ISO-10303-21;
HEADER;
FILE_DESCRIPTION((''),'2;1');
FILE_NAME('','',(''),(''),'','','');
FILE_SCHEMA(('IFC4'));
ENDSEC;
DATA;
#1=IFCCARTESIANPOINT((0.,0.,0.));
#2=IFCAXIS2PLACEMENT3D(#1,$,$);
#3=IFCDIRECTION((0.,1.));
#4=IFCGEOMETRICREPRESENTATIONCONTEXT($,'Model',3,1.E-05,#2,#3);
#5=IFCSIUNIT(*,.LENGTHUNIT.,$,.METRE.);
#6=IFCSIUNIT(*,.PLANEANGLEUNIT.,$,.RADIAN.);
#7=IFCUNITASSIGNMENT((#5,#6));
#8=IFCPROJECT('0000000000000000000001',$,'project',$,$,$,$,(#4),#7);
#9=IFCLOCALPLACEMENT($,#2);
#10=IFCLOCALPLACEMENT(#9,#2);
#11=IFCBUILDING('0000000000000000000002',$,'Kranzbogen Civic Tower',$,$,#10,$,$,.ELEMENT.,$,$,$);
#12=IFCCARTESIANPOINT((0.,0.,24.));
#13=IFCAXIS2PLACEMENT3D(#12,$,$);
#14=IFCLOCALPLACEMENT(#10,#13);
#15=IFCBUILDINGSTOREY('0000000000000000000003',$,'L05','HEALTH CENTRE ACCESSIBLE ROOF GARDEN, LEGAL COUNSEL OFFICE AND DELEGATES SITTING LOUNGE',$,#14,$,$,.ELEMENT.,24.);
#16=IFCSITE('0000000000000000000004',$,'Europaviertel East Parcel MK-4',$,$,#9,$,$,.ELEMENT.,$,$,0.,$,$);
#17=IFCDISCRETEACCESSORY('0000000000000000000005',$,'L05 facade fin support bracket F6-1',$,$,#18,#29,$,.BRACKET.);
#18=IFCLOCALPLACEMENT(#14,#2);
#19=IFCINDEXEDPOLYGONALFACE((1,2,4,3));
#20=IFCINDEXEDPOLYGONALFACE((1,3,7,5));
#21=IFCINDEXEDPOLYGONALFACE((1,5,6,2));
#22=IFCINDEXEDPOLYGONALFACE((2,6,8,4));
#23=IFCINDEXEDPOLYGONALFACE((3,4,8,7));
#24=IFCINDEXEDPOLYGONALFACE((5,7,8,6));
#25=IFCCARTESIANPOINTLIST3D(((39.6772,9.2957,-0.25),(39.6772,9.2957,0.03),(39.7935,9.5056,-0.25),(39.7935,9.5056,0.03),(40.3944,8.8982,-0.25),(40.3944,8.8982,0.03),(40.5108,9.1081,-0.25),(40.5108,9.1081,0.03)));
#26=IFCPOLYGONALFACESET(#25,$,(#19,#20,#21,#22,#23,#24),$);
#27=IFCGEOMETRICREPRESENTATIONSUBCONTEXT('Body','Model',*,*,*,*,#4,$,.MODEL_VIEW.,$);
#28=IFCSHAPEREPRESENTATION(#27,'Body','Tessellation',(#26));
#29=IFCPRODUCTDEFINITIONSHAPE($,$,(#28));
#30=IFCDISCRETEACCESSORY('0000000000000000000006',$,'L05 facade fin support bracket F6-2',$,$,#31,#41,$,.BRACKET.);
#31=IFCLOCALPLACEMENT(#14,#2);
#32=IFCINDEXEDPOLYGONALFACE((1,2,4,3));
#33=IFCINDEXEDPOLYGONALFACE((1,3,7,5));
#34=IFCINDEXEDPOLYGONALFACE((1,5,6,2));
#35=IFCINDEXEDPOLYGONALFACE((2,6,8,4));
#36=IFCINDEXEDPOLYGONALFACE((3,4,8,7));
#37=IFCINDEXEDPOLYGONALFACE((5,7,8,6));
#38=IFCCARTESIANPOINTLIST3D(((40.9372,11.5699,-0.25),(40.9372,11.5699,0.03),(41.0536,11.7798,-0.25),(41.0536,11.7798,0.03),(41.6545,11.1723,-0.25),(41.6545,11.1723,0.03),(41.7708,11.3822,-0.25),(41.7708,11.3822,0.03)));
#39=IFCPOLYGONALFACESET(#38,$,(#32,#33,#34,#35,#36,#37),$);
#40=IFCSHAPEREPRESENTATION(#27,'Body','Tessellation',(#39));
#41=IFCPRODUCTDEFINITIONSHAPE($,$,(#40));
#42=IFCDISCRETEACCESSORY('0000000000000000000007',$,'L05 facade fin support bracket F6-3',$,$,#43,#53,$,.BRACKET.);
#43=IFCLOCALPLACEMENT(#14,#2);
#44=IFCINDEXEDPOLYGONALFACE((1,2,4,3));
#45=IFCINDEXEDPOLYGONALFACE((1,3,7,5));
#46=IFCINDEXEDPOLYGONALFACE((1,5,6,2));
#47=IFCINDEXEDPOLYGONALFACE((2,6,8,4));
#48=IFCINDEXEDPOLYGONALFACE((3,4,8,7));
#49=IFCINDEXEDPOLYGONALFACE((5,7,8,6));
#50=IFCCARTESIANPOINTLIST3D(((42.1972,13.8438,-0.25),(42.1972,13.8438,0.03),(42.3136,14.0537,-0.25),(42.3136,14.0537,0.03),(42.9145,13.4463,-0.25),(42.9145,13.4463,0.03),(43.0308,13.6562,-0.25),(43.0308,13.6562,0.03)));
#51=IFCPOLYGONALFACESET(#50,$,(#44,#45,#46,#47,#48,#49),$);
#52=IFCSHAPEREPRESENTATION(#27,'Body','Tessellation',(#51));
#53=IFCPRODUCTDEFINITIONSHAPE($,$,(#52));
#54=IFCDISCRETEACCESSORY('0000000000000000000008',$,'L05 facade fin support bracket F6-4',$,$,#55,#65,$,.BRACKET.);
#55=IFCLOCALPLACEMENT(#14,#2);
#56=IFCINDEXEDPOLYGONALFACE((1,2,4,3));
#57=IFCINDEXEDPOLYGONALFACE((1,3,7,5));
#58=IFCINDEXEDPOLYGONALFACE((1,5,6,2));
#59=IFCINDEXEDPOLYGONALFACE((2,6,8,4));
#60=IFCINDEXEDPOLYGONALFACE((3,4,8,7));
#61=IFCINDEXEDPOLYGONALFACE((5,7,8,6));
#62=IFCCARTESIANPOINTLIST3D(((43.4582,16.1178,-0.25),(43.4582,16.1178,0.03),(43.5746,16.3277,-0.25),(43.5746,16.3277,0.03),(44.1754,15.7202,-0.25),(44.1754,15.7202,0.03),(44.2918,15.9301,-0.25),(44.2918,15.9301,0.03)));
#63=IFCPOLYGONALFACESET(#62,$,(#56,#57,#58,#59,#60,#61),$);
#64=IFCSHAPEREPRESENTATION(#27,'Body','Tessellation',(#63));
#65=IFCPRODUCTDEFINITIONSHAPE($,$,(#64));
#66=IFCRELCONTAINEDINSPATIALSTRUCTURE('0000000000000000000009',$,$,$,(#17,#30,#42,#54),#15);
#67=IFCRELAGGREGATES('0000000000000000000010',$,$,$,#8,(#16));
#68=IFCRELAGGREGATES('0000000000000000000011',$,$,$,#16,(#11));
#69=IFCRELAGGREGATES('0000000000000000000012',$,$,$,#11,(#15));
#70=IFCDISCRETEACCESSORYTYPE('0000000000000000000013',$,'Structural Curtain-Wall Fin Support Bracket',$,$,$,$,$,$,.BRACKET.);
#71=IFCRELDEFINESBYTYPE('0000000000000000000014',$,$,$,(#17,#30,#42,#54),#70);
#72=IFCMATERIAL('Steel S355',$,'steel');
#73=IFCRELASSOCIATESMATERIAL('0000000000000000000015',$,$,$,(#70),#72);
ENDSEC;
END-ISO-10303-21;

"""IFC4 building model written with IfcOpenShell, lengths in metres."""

from ifc_helpers import new_model, si_unit, direction, frame, origin, origin_2d, place, context, subcontext, project, spatial, rectangle, extrude, material, type_object, element, save


model = new_model("IFC4")

# Units and contexts
model_context = context("Model", 3, precision=1e-05, world=origin(), true_north=direction((0.0, 1.0)))
body_context = subcontext(model_context, "Body", "Model", "MODEL_VIEW")
ifc_project = project(units=[si_unit("LENGTHUNIT", "METRE"), si_unit("PLANEANGLEUNIT", "RADIAN")], contexts=[model_context])

# Site, building, storey
site_placement = place(None, origin())
site = spatial("IfcSite", under=ifc_project, at=site_placement, Name="Europaviertel East Parcel MK-4", CompositionType="ELEMENT", RefElevation=0.0)
building_placement = place(site_placement, origin())
building = spatial("IfcBuilding", under=site, at=building_placement, Name="Kranzbogen Civic Tower", CompositionType="ELEMENT")
storey_placement = place(building_placement, frame((0.0, 0.0, 24.0)))
storey = spatial("IfcBuildingStorey", under=building, at=storey_placement, Name="L05", Description="HEALTH CENTRE ACCESSIBLE ROOF GARDEN, LEGAL COUNSEL OFFICE AND DELEGATES SITTING LOUNGE", CompositionType="ELEMENT", Elevation=24.0)

# Shared definitions
ifc_material_1 = material(Name="Steel S355", Category="steel")

# Discrete accessories
discrete_accessory_type = type_object("IfcDiscreteAccessoryType", Name="Structural Curtain-Wall Fin Support Bracket", PredefinedType="BRACKET", material=ifc_material_1)
for number, where, z_axis, x_axis, name in (
    (1, (40.094, 9.2019, -0.25), (0.0, 0.0, 1.0), (0.87462, -0.48481, 0.0), "L05 facade fin support bracket F6-1"),
    (2, (41.354, 11.4761, -0.25), (0.0, 0.0, 1.0), (0.87462, -0.48481, 0.0), "L05 facade fin support bracket F6-2"),
    (3, (42.614, 13.75, -0.25), (0.0, 0.0, 1.0), (0.87462, -0.48481, 0.0), "L05 facade fin support bracket F6-3"),
    (4, (43.875, 16.0239, -0.25), (0.0, 0.0, 1.0), (0.87462, -0.48481, 0.0), "L05 facade fin support bracket F6-4"),
):
    element("IfcDiscreteAccessory", number, at=place(storey_placement, frame(where, z_axis=z_axis, x_axis=x_axis)), inside=storey, type_object=discrete_accessory_type, Name=name, PredefinedType="BRACKET", context=body_context, shape_type="SweptSolid", body=[
        extrude(rectangle(XDim=0.8201, YDim=0.24, at=origin_2d()), origin(), (0.0, 0.0, 1.0), 0.28),
    ])

save(model, "model.ifc")
